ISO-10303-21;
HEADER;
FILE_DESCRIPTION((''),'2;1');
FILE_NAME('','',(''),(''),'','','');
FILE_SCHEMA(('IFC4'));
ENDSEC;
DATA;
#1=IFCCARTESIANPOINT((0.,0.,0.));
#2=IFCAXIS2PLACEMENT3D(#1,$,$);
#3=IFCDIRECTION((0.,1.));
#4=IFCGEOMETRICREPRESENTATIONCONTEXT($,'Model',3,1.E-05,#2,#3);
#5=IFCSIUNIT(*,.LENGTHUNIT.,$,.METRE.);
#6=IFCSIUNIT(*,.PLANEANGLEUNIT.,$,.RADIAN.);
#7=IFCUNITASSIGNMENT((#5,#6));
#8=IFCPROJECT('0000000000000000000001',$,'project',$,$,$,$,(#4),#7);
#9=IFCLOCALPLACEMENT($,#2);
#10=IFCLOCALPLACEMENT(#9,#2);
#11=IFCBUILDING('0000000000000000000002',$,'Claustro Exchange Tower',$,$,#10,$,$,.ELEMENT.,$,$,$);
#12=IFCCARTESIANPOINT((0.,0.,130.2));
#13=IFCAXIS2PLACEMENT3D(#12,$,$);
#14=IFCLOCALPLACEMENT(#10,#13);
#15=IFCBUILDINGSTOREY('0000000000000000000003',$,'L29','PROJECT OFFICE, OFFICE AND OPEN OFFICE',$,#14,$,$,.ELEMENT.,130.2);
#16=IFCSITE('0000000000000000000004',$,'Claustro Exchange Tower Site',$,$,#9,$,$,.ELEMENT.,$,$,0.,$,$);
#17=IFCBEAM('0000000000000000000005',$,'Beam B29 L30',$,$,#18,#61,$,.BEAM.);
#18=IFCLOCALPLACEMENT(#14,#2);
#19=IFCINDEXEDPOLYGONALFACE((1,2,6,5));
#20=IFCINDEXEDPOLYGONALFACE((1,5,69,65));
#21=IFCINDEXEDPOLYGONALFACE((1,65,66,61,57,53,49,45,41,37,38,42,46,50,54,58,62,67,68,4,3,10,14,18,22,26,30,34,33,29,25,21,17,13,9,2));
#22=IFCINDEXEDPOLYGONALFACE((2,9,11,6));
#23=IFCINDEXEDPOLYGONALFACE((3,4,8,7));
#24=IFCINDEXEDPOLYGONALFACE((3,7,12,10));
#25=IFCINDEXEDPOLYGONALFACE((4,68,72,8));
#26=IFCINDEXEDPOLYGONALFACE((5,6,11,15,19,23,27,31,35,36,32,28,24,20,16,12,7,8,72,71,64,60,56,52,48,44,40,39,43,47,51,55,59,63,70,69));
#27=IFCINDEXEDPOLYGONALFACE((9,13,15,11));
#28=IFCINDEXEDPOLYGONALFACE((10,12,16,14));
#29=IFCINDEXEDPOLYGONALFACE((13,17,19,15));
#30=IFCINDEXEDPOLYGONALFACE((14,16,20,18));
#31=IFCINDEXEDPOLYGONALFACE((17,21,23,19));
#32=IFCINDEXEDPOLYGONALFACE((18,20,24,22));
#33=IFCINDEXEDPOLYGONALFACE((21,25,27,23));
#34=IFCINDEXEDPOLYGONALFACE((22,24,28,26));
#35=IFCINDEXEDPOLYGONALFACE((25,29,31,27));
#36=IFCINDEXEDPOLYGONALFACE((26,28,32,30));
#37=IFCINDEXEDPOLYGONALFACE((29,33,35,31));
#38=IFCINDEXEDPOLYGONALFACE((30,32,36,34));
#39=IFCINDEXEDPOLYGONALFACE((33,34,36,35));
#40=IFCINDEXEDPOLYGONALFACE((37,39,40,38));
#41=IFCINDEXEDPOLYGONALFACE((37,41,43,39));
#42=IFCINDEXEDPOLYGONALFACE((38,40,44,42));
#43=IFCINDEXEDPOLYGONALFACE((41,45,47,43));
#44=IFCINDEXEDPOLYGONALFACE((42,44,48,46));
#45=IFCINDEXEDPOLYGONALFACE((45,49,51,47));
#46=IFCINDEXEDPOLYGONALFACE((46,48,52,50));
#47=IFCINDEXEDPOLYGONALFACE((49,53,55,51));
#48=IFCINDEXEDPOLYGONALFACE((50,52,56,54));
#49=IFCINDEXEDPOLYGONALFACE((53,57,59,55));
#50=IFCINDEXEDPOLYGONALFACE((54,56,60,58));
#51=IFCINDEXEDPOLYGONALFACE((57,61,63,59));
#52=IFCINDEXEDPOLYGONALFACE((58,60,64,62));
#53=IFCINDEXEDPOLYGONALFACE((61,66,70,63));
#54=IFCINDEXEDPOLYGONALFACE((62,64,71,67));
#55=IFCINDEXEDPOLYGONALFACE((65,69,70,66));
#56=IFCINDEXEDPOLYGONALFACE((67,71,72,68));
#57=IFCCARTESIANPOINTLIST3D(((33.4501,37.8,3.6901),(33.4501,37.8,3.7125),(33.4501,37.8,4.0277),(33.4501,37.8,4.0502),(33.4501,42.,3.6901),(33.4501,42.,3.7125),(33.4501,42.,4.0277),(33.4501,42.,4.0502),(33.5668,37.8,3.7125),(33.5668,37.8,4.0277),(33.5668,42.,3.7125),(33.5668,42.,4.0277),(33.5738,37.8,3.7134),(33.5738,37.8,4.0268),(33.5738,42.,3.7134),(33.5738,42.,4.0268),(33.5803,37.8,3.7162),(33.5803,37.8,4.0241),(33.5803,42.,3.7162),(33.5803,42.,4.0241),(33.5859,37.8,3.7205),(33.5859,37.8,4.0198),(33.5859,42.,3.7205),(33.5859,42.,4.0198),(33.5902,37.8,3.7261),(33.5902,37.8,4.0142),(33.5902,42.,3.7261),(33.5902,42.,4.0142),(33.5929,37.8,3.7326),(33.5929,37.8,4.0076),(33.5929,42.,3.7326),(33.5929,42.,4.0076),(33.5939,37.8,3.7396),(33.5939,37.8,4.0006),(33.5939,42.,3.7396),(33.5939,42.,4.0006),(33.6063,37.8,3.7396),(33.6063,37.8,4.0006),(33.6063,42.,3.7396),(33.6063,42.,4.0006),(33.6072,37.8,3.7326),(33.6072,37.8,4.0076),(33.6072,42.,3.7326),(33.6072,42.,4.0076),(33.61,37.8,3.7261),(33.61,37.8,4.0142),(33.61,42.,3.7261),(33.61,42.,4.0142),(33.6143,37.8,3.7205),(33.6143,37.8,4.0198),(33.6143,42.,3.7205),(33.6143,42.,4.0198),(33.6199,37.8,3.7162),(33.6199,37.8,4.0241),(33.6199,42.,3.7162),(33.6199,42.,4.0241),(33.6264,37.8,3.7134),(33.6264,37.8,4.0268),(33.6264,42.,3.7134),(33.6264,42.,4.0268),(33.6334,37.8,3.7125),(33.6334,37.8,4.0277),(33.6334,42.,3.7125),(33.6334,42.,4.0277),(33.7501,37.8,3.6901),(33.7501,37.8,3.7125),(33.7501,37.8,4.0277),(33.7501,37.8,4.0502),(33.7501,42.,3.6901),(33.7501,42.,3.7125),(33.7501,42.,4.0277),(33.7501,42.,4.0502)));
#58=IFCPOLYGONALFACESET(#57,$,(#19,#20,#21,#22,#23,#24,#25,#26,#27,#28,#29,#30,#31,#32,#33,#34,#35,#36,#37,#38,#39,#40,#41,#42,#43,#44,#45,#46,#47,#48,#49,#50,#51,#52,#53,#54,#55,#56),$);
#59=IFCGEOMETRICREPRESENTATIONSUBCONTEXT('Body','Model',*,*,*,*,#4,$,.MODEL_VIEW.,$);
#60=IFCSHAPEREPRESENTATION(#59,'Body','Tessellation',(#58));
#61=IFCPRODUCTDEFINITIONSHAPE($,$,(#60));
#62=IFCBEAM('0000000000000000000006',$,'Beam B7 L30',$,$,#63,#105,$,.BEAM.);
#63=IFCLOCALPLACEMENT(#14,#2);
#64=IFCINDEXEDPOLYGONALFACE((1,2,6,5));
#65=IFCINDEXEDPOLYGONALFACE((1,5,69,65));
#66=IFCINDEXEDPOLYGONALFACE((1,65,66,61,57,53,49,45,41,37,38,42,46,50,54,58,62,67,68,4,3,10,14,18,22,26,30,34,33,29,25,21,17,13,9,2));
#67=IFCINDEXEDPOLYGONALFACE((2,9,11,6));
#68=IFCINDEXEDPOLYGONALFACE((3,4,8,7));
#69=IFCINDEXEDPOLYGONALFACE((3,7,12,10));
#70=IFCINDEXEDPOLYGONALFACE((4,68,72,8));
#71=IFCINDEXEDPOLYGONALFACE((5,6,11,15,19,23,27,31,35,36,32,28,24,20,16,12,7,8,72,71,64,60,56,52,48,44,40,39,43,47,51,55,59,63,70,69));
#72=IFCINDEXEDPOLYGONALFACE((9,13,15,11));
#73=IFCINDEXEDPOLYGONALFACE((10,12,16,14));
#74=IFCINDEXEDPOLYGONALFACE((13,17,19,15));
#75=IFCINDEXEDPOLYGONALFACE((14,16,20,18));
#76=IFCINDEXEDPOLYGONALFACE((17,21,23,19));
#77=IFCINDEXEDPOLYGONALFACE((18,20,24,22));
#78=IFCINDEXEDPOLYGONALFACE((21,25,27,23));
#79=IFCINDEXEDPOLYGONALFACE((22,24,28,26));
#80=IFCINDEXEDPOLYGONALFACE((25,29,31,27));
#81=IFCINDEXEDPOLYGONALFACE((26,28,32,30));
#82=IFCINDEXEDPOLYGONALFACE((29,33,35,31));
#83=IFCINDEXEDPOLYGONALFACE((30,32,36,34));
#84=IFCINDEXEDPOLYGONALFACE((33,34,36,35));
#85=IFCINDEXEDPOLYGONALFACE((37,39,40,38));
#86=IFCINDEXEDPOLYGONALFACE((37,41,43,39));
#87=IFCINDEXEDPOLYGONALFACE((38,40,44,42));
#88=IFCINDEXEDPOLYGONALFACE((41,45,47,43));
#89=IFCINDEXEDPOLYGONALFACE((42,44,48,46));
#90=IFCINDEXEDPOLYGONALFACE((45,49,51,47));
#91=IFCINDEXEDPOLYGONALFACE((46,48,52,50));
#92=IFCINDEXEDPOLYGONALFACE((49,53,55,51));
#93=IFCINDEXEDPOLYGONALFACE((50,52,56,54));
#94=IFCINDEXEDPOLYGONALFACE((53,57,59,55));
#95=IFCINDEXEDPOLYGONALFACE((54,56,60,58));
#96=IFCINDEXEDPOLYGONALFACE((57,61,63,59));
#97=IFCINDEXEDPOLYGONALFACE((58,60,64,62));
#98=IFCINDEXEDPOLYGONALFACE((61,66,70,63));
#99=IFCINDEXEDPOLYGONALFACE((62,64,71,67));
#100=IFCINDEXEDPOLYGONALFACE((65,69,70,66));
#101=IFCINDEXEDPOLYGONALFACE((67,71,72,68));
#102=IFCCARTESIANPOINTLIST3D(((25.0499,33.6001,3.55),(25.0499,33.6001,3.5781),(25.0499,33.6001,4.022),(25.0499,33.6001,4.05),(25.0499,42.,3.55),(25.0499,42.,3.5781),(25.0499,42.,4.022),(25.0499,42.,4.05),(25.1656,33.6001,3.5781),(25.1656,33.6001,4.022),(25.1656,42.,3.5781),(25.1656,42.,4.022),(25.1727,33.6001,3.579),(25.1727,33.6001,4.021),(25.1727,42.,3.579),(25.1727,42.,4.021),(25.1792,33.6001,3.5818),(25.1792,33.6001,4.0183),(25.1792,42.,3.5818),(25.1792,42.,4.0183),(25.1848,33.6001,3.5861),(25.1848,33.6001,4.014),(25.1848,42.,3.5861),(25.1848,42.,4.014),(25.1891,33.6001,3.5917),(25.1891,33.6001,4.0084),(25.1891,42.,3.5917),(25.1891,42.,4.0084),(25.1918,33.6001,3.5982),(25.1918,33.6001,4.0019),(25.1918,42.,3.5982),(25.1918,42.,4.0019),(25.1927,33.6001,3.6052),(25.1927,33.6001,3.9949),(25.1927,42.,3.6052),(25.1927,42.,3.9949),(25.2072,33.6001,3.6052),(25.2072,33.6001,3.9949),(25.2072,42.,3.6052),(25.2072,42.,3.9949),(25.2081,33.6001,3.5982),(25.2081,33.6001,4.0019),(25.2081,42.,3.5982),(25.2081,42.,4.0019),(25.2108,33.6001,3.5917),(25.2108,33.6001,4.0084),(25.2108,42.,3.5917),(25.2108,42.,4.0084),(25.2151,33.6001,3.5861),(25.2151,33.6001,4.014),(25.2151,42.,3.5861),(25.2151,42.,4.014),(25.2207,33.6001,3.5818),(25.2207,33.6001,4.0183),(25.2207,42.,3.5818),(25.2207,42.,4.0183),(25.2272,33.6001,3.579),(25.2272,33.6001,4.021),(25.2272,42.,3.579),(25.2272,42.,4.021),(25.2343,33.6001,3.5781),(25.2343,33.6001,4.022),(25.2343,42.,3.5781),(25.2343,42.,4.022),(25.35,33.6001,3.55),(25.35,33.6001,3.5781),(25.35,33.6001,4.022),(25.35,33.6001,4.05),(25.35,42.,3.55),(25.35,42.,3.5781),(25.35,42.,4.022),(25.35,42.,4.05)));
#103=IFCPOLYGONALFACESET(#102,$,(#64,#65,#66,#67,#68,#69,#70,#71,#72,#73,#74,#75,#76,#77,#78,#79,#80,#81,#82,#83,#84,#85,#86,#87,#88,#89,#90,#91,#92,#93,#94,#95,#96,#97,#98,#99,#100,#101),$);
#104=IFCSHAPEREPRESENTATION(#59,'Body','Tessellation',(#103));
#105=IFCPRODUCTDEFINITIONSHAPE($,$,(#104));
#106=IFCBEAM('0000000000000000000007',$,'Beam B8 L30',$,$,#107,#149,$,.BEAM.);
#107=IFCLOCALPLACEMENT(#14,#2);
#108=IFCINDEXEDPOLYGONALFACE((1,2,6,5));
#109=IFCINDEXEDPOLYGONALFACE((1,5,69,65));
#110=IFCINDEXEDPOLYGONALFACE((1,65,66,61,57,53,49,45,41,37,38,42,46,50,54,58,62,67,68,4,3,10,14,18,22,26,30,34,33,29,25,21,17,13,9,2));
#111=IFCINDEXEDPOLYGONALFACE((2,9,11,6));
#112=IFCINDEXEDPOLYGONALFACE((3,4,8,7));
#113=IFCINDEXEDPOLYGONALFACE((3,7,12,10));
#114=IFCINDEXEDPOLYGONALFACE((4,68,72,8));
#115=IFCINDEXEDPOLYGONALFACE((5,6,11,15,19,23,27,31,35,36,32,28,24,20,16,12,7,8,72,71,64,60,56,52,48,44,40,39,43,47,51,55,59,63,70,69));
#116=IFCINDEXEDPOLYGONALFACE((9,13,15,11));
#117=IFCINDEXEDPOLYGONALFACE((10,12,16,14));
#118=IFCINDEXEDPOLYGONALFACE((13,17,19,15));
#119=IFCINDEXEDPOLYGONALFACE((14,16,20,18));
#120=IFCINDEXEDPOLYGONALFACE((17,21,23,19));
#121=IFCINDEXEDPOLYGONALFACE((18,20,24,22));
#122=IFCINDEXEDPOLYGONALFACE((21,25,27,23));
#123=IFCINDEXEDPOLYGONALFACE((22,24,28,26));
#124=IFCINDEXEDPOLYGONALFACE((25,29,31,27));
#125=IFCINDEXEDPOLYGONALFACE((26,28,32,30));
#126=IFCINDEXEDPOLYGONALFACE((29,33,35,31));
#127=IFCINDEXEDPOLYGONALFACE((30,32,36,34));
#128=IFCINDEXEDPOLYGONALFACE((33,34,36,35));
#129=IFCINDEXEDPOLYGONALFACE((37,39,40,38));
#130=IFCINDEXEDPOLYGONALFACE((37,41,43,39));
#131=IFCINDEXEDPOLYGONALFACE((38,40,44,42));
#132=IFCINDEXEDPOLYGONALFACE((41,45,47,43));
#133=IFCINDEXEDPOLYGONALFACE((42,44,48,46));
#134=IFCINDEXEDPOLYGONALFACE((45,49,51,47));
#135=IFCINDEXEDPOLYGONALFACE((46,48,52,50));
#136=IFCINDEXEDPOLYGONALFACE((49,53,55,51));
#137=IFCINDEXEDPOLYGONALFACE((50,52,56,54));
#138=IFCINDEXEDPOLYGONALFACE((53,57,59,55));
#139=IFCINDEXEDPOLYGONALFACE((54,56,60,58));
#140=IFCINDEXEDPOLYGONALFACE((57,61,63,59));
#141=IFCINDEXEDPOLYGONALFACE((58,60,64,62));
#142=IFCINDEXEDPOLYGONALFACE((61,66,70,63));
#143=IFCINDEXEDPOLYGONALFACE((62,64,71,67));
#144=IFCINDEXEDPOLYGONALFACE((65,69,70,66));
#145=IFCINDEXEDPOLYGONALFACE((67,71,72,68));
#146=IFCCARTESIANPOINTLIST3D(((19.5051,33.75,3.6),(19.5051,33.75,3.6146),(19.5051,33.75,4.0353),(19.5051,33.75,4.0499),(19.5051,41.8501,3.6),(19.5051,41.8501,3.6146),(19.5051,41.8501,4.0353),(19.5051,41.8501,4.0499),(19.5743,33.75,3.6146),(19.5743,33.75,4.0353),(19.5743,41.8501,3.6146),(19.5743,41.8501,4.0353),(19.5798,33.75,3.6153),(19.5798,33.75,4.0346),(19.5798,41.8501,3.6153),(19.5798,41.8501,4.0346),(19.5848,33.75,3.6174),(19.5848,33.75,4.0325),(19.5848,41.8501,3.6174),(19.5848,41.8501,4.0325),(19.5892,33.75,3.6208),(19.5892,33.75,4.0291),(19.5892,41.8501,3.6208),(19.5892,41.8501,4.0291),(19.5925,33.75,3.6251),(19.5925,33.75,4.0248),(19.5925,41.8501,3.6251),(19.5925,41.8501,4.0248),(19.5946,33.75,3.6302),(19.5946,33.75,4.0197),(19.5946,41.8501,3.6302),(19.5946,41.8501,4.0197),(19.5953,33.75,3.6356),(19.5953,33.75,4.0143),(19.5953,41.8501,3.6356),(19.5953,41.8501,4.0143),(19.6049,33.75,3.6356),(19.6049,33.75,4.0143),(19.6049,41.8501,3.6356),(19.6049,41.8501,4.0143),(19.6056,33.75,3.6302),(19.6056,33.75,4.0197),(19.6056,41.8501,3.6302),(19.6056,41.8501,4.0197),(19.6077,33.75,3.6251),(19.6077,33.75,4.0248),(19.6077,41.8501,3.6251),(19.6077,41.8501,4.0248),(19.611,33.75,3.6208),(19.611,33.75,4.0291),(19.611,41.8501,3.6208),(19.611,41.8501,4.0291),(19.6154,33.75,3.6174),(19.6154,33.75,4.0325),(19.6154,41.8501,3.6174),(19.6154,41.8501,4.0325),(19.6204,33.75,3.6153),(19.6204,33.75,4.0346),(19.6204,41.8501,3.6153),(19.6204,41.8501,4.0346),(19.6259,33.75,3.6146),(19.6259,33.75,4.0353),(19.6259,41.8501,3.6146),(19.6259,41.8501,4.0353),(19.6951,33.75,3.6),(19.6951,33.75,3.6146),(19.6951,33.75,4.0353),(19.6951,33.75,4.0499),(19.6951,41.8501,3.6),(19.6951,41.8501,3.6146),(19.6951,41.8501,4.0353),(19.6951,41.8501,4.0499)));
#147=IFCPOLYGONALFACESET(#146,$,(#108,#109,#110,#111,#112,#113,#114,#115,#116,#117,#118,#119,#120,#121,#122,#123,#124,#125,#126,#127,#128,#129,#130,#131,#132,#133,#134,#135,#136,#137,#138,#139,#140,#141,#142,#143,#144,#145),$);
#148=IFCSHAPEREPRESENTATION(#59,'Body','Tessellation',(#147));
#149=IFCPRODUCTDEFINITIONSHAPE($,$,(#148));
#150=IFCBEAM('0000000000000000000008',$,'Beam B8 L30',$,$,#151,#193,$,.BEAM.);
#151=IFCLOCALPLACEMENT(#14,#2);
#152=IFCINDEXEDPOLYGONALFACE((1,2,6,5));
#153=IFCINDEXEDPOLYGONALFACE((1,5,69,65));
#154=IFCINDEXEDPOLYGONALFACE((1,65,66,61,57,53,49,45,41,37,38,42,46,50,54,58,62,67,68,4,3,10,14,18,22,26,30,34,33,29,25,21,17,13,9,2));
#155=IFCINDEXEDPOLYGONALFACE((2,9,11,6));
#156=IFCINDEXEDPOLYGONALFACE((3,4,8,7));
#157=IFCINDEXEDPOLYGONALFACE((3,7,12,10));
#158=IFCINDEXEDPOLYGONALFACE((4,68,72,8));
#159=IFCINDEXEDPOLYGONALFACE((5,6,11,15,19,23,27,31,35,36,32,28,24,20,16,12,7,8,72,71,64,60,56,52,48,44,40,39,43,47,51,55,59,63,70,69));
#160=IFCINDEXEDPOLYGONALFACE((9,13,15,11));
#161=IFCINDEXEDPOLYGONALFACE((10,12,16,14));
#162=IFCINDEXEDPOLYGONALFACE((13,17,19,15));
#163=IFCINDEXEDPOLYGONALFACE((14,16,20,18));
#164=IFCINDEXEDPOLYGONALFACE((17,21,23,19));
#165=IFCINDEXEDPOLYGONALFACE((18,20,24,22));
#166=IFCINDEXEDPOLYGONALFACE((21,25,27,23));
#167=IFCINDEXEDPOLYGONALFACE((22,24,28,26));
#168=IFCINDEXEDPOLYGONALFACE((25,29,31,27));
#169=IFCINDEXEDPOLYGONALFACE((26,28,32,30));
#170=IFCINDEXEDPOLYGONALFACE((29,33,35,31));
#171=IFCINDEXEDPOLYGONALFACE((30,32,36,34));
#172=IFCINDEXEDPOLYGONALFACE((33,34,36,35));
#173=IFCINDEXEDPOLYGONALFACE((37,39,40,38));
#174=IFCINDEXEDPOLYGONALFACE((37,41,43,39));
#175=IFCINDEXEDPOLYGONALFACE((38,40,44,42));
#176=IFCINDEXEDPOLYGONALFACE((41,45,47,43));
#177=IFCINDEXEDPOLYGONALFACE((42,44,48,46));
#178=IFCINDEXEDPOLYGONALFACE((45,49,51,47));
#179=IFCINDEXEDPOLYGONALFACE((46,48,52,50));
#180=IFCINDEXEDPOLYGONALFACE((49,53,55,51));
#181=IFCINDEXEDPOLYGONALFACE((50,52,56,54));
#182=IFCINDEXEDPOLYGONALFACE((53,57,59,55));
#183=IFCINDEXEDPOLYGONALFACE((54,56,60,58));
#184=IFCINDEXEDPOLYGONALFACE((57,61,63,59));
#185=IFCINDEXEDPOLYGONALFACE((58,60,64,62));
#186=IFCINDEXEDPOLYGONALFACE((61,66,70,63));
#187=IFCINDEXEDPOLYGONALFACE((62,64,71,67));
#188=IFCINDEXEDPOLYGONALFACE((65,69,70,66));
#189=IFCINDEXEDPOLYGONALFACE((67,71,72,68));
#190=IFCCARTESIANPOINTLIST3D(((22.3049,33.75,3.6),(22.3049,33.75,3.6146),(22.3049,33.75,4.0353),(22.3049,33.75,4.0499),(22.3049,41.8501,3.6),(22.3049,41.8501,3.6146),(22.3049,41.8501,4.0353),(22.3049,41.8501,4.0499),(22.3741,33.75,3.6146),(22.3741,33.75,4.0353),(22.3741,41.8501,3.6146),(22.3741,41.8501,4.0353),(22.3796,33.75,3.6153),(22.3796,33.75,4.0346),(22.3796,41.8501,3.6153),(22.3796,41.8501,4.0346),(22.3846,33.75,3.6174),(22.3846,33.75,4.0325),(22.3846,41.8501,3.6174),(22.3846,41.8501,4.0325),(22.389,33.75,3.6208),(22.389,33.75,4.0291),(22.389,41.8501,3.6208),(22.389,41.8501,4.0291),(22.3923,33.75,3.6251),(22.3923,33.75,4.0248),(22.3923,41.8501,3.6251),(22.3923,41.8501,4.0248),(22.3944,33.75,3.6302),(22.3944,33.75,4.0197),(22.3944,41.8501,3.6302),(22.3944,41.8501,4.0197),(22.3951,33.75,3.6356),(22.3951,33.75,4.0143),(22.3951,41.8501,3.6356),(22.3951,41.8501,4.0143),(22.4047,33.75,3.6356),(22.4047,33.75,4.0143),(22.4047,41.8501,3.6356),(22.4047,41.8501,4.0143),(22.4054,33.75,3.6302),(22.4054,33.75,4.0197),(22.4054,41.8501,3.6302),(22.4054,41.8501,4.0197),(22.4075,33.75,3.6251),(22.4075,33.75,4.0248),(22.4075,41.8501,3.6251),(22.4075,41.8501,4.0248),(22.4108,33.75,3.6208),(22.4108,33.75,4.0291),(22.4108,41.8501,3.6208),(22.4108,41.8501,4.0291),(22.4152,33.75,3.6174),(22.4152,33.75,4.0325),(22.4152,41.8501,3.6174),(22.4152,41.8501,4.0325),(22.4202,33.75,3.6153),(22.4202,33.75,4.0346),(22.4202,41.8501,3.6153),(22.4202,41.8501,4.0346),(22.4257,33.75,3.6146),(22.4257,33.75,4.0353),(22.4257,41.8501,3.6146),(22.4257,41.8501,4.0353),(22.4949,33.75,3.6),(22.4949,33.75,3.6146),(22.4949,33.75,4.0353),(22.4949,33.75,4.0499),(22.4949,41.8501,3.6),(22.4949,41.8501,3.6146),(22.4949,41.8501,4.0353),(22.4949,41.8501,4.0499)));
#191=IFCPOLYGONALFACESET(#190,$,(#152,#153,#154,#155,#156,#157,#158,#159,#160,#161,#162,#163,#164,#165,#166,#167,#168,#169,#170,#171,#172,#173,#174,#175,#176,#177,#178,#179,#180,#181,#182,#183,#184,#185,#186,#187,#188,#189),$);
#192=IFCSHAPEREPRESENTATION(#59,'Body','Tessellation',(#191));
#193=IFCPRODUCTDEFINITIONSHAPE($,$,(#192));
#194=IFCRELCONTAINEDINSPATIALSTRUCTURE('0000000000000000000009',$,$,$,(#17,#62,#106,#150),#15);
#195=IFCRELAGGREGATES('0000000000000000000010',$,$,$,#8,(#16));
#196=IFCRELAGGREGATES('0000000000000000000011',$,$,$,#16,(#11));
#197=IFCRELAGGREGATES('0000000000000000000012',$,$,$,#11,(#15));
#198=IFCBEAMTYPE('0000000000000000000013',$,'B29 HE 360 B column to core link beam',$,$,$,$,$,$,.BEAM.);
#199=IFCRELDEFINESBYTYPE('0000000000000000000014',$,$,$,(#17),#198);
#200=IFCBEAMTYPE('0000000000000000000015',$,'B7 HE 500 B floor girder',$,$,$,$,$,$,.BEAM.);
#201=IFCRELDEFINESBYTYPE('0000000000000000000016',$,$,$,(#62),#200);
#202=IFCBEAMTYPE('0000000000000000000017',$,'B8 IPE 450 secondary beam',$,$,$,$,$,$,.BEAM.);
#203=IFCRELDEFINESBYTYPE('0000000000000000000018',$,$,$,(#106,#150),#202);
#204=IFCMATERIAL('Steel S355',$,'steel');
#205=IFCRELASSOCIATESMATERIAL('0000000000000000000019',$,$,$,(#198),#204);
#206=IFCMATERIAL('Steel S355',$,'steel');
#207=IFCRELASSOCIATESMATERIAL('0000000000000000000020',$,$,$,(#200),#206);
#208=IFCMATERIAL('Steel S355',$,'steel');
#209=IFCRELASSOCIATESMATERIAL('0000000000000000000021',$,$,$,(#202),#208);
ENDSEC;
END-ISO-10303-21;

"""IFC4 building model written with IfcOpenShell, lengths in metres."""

from ifc_helpers import new_model, si_unit, direction, frame, origin, origin_2d, place, context, subcontext, project, spatial, i_section, extrude, material, material_profile, profile_set, type_object, element, save


model = new_model("IFC4")

# Units and contexts
model_context = context("Model", 3, precision=1e-05, world=origin(), true_north=direction((0.0, 1.0)))
body_context = subcontext(model_context, "Body", "Model", "MODEL_VIEW")
ifc_project = project(units=[si_unit("LENGTHUNIT", "METRE"), si_unit("PLANEANGLEUNIT", "RADIAN")], contexts=[model_context])

# Site, building, storey
site_placement = place(None, origin())
site = spatial("IfcSite", under=ifc_project, at=site_placement, Name="Claustro Exchange Tower Site", CompositionType="ELEMENT", RefElevation=0.0)
building_placement = place(site_placement, origin())
building = spatial("IfcBuilding", under=site, at=building_placement, Name="Claustro Exchange Tower", CompositionType="ELEMENT")
storey_placement = place(building_placement, frame((0.0, 0.0, 130.2)))
storey = spatial("IfcBuildingStorey", under=building, at=storey_placement, Name="L29", Description="PROJECT OFFICE, OFFICE AND OPEN OFFICE", CompositionType="ELEMENT", Elevation=130.2)

# Beams
ifc_material_1 = material(Name="Steel S355", Category="steel")
ifc_material_profile_1 = material_profile(ifc_material_1, i_section(OverallWidth=0.3, OverallDepth=0.3601, WebThickness=0.0125, FlangeThickness=0.0225, FilletRadius=0.0271, at=origin_2d()), Name="HE 360 B")
ifc_profile_set_1 = profile_set([ifc_material_profile_1], Name="Steel S355")
beam_type_1 = type_object("IfcBeamType", Name="B29 HE 360 B column to core link beam", PredefinedType="BEAM", material=ifc_profile_set_1)
beam_1_placement = place(storey_placement, frame((33.6001, 37.8, 3.8701), z_axis=(0.0, 1.0, 0.0), x_axis=(-1.0, 0.0, 0.0)))
element("IfcBeam", 1, at=beam_1_placement, inside=storey, type_object=beam_type_1, Name="Beam B29 L30", PredefinedType="BEAM", context=body_context, shape_type="SweptSolid", body=[
    extrude(i_section(OverallWidth=0.3, OverallDepth=0.3601, WebThickness=0.0125, FlangeThickness=0.0225, FilletRadius=0.0271, at=origin_2d()), origin(), (0.0, 0.0, 1.0), 4.2),
])
ifc_material_2 = material(Name="Steel S355", Category="steel")
ifc_material_profile_2 = material_profile(ifc_material_2, i_section(OverallWidth=0.3, OverallDepth=0.5, WebThickness=0.0144, FlangeThickness=0.0281, FilletRadius=0.0271, at=origin_2d()), Name="HE 500 B")
ifc_profile_set_2 = profile_set([ifc_material_profile_2], Name="Steel S355")
beam_type_2 = type_object("IfcBeamType", Name="B7 HE 500 B floor girder", PredefinedType="BEAM", material=ifc_profile_set_2)
beam_2_placement = place(storey_placement, frame((25.2, 33.6001, 3.8), z_axis=(0.0, 1.0, 0.0), x_axis=(-1.0, 0.0, 0.0)))
element("IfcBeam", 2, at=beam_2_placement, inside=storey, type_object=beam_type_2, Name="Beam B7 L30", PredefinedType="BEAM", context=body_context, shape_type="SweptSolid", body=[
    extrude(i_section(OverallWidth=0.3, OverallDepth=0.5, WebThickness=0.0144, FlangeThickness=0.0281, FilletRadius=0.0271, at=origin_2d()), origin(), (0.0, 0.0, 1.0), 8.3999),
])
ifc_material_3 = material(Name="Steel S355", Category="steel")
ifc_material_profile_3 = material_profile(ifc_material_3, i_section(OverallWidth=0.1899, OverallDepth=0.45, WebThickness=0.0095, FlangeThickness=0.0146, FilletRadius=0.021, at=origin_2d()), Name="IPE 450")
ifc_profile_set_3 = profile_set([ifc_material_profile_3], Name="Steel S355")
beam_type_3 = type_object("IfcBeamType", Name="B8 IPE 450 secondary beam", PredefinedType="BEAM", material=ifc_profile_set_3)
for number, where, z_axis, x_axis, name in (
    (3, (19.6001, 33.75, 3.825), (0.0, 1.0, 0.0), (-1.0, 0.0, 0.0), "Beam B8 L30"),
    (4, (22.3999, 33.75, 3.825), (0.0, 1.0, 0.0), (-1.0, 0.0, 0.0), "Beam B8 L30"),
):
    element("IfcBeam", number, at=place(storey_placement, frame(where, z_axis=z_axis, x_axis=x_axis)), inside=storey, type_object=beam_type_3, Name=name, PredefinedType="BEAM", context=body_context, shape_type="SweptSolid", body=[
        extrude(i_section(OverallWidth=0.1899, OverallDepth=0.45, WebThickness=0.0095, FlangeThickness=0.0146, FilletRadius=0.021, at=origin_2d()), origin(), (0.0, 0.0, 1.0), 8.1001),
    ])

save(model, "model.ifc")
